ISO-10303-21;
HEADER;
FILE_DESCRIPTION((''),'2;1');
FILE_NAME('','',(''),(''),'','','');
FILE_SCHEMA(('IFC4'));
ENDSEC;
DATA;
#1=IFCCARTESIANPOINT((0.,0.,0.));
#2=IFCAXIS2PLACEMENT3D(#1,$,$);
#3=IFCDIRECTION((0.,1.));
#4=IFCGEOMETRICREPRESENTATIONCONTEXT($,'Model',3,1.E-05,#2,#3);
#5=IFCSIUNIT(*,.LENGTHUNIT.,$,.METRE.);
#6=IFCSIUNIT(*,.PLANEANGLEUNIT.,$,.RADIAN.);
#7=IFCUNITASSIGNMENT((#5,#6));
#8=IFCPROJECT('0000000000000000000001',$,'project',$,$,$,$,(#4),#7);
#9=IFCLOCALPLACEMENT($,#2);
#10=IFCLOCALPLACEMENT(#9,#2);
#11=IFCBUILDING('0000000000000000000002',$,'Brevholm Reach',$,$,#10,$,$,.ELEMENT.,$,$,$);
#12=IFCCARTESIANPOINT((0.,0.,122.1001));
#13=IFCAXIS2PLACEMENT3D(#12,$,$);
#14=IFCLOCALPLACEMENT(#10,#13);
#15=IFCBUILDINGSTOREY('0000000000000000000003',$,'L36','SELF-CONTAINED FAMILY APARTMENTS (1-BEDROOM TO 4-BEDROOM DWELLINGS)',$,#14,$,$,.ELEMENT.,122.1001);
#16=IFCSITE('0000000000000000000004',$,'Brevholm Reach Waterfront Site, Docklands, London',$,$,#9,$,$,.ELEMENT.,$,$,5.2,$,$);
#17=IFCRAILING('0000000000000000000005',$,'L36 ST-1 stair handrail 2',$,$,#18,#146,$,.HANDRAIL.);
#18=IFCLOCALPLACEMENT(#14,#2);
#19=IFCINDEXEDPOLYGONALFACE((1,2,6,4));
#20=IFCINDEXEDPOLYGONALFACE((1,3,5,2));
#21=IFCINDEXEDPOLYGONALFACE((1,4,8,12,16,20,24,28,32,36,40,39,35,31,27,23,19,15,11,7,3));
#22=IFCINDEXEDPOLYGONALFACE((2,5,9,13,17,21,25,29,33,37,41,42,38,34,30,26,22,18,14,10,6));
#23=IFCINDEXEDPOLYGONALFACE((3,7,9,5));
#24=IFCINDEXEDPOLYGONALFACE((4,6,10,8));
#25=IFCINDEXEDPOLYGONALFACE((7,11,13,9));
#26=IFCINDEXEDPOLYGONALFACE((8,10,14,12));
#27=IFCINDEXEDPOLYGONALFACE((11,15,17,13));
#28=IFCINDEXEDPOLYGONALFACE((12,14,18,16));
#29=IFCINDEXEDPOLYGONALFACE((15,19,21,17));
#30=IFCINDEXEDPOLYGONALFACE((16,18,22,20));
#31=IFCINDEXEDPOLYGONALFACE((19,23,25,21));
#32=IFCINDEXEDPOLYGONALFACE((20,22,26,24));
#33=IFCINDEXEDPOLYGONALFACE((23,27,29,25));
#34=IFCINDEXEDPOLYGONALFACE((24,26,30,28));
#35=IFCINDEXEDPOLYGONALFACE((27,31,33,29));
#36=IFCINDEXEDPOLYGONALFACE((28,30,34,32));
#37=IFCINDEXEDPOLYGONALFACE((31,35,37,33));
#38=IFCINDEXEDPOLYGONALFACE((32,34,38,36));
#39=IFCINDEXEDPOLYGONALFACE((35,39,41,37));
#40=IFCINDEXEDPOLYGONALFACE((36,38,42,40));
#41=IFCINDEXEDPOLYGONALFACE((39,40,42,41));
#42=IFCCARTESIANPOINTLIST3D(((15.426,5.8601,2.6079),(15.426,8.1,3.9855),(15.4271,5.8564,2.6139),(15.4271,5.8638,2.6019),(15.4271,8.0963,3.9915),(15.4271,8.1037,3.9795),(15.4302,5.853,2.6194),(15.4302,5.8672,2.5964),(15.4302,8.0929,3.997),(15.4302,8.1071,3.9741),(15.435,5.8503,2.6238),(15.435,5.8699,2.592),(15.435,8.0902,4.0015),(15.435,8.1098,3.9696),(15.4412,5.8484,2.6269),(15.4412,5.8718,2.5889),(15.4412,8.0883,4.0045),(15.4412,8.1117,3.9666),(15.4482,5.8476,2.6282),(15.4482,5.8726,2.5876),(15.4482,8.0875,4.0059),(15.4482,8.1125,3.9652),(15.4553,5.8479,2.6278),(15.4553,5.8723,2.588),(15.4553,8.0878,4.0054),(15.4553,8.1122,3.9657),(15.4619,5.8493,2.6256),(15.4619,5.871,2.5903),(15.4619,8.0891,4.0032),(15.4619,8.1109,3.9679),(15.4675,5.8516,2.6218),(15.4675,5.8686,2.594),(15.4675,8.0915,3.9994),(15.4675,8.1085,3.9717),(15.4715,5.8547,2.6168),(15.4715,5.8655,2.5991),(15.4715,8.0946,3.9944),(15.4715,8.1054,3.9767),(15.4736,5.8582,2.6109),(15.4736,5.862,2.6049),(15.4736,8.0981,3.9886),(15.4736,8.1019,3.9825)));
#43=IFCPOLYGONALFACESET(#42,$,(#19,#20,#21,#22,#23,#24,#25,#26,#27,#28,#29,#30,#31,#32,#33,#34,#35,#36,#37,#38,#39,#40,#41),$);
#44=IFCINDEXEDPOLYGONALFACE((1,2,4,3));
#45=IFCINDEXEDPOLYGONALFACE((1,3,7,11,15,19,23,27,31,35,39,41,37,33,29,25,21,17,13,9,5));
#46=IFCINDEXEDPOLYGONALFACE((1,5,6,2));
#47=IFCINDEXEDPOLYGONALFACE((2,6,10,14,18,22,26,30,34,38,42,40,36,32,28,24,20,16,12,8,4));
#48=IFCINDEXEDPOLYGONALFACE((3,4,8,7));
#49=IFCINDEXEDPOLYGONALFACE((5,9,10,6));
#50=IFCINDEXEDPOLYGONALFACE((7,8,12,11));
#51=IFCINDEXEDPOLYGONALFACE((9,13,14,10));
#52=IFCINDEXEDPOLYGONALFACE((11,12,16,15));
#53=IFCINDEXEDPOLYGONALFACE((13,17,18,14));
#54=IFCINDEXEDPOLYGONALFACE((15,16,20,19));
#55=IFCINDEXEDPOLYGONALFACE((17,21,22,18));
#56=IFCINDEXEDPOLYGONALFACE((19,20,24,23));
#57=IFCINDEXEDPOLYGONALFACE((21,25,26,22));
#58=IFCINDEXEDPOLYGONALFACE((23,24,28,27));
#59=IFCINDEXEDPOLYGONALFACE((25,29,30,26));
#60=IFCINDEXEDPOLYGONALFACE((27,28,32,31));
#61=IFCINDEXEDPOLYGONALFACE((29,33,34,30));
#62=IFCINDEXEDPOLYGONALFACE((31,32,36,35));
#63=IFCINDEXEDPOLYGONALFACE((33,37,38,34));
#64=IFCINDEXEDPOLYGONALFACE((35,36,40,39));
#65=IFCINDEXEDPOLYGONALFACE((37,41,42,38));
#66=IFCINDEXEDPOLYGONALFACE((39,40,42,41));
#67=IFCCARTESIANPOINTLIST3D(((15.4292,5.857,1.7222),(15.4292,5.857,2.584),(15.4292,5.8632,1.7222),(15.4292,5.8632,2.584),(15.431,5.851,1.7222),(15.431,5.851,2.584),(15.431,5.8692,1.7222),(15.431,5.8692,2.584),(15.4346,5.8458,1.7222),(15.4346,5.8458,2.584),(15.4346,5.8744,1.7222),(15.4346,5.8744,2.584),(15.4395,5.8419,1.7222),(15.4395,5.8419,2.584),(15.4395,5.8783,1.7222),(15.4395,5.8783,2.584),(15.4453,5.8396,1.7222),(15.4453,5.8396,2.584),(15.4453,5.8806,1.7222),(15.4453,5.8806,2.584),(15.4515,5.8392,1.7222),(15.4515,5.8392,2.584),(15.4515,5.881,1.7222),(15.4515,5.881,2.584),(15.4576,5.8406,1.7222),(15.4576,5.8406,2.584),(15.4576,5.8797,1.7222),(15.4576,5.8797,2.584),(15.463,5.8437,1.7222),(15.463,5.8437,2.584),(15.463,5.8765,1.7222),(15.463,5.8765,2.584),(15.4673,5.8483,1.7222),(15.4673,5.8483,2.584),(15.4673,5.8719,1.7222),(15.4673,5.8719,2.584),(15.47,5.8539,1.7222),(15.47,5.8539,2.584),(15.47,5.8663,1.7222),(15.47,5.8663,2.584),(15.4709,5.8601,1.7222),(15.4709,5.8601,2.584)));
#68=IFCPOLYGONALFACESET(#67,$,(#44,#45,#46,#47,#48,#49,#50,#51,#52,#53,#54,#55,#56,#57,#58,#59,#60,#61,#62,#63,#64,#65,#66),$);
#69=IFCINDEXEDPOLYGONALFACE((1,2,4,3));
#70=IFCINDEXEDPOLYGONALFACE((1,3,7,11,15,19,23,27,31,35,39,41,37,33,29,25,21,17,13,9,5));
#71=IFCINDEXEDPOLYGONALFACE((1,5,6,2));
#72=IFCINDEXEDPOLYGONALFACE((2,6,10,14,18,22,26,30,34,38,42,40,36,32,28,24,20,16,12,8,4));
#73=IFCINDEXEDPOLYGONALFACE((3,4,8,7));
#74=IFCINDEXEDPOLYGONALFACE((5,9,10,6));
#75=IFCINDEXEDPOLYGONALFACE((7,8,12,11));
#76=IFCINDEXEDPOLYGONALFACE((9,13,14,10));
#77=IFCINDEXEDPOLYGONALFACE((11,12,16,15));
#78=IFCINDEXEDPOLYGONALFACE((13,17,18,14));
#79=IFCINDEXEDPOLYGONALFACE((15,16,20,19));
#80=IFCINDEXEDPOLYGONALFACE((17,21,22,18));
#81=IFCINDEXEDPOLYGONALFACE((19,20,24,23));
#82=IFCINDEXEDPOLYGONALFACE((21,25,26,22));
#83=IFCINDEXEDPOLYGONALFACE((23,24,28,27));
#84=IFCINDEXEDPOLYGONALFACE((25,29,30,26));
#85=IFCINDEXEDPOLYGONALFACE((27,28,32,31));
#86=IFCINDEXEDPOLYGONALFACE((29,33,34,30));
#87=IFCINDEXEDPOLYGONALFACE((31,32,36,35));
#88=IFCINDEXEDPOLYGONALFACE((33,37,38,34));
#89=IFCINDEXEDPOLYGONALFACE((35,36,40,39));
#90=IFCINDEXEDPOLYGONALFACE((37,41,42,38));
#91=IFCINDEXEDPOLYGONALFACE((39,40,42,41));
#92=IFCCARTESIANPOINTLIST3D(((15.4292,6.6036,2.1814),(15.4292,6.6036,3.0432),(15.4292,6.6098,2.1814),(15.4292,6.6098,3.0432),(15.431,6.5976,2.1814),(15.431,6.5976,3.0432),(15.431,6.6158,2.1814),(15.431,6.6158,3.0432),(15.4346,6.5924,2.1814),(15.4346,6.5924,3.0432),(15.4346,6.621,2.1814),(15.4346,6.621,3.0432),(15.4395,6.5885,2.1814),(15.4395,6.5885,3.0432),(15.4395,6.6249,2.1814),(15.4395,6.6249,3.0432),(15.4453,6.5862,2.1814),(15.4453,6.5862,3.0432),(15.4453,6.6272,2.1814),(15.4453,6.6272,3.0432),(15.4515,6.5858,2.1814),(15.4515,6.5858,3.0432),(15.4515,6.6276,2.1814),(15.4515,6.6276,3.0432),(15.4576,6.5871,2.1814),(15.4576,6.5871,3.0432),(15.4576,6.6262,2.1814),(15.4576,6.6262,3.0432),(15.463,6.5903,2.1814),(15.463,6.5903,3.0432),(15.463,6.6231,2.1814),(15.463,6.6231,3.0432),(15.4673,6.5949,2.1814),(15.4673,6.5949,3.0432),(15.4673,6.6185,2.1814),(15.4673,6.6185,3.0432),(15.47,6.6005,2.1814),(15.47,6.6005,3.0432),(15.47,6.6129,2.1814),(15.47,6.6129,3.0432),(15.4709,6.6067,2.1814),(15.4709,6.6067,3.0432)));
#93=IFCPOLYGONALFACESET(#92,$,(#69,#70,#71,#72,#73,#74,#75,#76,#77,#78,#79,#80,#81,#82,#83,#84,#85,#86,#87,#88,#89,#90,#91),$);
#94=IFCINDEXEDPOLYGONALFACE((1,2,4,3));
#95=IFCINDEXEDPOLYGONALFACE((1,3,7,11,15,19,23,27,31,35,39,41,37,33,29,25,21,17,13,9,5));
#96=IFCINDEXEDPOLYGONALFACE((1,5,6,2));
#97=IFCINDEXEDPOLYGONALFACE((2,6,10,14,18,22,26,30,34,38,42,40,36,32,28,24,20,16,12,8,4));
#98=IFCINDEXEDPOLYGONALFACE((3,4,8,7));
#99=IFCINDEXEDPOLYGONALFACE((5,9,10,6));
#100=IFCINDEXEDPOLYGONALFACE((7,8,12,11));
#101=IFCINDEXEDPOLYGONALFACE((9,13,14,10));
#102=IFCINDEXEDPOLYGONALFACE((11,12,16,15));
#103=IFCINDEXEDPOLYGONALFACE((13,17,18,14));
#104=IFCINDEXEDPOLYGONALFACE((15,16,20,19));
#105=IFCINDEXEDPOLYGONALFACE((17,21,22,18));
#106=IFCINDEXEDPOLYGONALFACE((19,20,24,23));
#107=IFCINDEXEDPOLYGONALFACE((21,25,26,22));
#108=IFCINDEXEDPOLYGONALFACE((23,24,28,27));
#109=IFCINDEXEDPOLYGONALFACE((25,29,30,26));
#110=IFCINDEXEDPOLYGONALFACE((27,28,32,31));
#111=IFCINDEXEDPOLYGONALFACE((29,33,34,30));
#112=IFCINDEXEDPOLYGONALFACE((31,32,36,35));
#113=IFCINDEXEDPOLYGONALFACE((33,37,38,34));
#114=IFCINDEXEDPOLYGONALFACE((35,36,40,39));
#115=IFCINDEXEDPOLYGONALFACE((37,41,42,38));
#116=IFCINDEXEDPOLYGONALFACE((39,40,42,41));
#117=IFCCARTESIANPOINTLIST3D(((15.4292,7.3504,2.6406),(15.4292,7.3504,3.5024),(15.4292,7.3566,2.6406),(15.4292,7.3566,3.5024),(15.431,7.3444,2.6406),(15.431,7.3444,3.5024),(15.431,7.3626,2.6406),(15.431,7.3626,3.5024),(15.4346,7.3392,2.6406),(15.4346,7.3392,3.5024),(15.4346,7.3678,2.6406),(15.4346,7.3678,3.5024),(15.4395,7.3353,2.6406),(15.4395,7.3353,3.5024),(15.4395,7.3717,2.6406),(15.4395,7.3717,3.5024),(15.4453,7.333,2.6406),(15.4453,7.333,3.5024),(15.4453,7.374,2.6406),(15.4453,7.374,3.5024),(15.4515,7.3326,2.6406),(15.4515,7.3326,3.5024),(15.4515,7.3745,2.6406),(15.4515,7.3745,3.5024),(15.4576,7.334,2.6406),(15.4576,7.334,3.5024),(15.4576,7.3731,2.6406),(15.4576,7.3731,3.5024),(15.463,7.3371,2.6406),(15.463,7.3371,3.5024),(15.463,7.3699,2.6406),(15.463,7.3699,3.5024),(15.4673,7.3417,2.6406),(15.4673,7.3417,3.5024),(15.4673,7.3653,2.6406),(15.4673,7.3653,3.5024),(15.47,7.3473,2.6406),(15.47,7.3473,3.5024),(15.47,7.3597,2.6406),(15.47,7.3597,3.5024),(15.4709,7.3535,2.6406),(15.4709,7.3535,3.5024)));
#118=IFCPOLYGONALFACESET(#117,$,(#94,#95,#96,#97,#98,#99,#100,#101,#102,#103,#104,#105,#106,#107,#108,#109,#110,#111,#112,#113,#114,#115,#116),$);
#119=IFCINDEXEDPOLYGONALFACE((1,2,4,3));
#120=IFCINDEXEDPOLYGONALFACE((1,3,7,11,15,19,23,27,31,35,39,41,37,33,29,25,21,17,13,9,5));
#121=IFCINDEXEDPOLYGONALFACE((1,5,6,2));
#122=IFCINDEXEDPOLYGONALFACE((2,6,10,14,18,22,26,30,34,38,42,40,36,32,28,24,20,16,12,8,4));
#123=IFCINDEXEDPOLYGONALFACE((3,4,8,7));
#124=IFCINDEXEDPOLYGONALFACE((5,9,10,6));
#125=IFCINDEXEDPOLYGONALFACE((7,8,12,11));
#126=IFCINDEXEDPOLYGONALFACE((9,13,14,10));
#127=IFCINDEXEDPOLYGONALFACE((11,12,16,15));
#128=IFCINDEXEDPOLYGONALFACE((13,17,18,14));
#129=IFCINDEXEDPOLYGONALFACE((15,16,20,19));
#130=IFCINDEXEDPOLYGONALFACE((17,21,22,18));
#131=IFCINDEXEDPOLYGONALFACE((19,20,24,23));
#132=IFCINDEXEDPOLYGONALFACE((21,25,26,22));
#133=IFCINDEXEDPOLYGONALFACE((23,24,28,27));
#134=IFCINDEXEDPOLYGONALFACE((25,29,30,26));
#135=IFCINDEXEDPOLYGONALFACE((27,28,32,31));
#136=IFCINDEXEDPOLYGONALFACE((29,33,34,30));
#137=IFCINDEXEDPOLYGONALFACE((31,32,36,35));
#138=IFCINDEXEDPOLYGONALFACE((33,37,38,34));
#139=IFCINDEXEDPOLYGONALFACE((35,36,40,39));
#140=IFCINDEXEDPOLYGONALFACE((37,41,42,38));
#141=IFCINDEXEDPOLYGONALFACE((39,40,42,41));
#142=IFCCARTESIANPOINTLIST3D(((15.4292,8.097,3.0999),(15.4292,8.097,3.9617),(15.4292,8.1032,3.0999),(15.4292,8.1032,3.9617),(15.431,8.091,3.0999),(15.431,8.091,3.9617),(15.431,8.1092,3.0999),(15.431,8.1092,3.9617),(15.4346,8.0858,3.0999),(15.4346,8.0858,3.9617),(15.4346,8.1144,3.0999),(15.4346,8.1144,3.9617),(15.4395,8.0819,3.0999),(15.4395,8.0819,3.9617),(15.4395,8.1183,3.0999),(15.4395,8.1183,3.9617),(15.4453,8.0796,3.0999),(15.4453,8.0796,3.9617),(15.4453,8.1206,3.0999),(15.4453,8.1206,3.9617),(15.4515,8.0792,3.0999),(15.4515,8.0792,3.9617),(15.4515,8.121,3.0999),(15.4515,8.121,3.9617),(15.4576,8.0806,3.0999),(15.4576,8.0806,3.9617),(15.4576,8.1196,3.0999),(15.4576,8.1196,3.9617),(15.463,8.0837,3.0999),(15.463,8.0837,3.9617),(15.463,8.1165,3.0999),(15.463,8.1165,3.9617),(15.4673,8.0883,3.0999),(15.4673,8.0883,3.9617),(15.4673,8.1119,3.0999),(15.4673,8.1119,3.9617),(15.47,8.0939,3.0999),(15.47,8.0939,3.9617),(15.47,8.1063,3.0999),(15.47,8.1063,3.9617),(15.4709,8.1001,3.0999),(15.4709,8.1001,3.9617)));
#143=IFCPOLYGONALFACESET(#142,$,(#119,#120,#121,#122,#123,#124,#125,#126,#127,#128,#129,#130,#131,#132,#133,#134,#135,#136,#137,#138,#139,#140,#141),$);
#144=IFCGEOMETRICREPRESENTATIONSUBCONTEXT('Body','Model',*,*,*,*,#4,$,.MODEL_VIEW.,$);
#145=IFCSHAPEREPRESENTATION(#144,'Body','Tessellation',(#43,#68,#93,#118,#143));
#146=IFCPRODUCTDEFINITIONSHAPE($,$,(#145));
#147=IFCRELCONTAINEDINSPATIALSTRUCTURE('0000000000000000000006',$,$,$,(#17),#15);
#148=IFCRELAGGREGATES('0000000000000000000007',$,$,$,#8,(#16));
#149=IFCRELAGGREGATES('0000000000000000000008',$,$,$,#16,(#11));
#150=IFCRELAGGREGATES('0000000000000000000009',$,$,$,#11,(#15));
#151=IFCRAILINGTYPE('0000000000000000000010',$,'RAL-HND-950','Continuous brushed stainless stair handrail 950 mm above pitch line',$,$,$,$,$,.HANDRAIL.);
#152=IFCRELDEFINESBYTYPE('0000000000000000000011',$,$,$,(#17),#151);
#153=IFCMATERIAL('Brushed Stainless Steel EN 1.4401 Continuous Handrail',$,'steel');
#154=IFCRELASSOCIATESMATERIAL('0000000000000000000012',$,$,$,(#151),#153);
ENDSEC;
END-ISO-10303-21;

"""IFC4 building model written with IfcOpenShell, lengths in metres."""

from ifc_helpers import new_model, si_unit, direction, frame, origin, origin_2d, place, context, subcontext, project, spatial, circle, extrude, material, type_object, element, save


model = new_model("IFC4")

# Units and contexts
model_context = context("Model", 3, precision=1e-05, world=origin(), true_north=direction((0.0, 1.0)))
body_context = subcontext(model_context, "Body", "Model", "MODEL_VIEW")
ifc_project = project(units=[si_unit("LENGTHUNIT", "METRE"), si_unit("PLANEANGLEUNIT", "RADIAN")], contexts=[model_context])

# Site, building, storey
site_placement = place(None, origin())
site = spatial("IfcSite", under=ifc_project, at=site_placement, Name="Brevholm Reach Waterfront Site, Docklands, London", CompositionType="ELEMENT", RefElevation=5.2)
building_placement = place(site_placement, origin())
building = spatial("IfcBuilding", under=site, at=building_placement, Name="Brevholm Reach", CompositionType="ELEMENT")
storey_placement = place(building_placement, frame((0.0, 0.0, 122.1001)))
storey = spatial("IfcBuildingStorey", under=building, at=storey_placement, Name="L36", Description="SELF-CONTAINED FAMILY APARTMENTS (1-BEDROOM TO 4-BEDROOM DWELLINGS)", CompositionType="ELEMENT", Elevation=122.1001)

# Railing
ifc_material_1 = material(Name="Brushed Stainless Steel EN 1.4401 Continuous Handrail", Category="steel")
railing_type_1 = type_object("IfcRailingType", Name="RAL-HND-950", Description="Continuous brushed stainless stair handrail 950 mm above pitch line", PredefinedType="HANDRAIL", material=ifc_material_1)
railing_1_placement = place(storey_placement, frame((15.45, 5.8601, 1.7222)))
element("IfcRailing", 1, at=railing_1_placement, inside=storey, type_object=railing_type_1, Name="L36 ST-1 stair handrail 2", PredefinedType="HANDRAIL", context=body_context, shape_type="SweptSolid", body=[
    extrude(circle(Radius=0.0239, at=origin_2d()), frame((0.0, 0.0, 0.8857), z_axis=(0.0, 0.851789, 0.523885), x_axis=(-1.0, 0.0, 0.0)), (0.0, 0.0, 1.0), 2.6296),
    extrude(circle(Radius=0.021, at=origin_2d()), origin(), (0.0, 0.0, 1.0), 0.8618),
    extrude(circle(Radius=0.021, at=origin_2d()), frame((0.0, 0.7466, 0.4592)), (0.0, 0.0, 1.0), 0.8618),
    extrude(circle(Radius=0.021, at=origin_2d()), frame((0.0, 1.4934, 0.9185)), (0.0, 0.0, 1.0), 0.8618),
    extrude(circle(Radius=0.021, at=origin_2d()), frame((0.0, 2.24, 1.3777)), (0.0, 0.0, 1.0), 0.8618),
])

save(model, "model.ifc")
